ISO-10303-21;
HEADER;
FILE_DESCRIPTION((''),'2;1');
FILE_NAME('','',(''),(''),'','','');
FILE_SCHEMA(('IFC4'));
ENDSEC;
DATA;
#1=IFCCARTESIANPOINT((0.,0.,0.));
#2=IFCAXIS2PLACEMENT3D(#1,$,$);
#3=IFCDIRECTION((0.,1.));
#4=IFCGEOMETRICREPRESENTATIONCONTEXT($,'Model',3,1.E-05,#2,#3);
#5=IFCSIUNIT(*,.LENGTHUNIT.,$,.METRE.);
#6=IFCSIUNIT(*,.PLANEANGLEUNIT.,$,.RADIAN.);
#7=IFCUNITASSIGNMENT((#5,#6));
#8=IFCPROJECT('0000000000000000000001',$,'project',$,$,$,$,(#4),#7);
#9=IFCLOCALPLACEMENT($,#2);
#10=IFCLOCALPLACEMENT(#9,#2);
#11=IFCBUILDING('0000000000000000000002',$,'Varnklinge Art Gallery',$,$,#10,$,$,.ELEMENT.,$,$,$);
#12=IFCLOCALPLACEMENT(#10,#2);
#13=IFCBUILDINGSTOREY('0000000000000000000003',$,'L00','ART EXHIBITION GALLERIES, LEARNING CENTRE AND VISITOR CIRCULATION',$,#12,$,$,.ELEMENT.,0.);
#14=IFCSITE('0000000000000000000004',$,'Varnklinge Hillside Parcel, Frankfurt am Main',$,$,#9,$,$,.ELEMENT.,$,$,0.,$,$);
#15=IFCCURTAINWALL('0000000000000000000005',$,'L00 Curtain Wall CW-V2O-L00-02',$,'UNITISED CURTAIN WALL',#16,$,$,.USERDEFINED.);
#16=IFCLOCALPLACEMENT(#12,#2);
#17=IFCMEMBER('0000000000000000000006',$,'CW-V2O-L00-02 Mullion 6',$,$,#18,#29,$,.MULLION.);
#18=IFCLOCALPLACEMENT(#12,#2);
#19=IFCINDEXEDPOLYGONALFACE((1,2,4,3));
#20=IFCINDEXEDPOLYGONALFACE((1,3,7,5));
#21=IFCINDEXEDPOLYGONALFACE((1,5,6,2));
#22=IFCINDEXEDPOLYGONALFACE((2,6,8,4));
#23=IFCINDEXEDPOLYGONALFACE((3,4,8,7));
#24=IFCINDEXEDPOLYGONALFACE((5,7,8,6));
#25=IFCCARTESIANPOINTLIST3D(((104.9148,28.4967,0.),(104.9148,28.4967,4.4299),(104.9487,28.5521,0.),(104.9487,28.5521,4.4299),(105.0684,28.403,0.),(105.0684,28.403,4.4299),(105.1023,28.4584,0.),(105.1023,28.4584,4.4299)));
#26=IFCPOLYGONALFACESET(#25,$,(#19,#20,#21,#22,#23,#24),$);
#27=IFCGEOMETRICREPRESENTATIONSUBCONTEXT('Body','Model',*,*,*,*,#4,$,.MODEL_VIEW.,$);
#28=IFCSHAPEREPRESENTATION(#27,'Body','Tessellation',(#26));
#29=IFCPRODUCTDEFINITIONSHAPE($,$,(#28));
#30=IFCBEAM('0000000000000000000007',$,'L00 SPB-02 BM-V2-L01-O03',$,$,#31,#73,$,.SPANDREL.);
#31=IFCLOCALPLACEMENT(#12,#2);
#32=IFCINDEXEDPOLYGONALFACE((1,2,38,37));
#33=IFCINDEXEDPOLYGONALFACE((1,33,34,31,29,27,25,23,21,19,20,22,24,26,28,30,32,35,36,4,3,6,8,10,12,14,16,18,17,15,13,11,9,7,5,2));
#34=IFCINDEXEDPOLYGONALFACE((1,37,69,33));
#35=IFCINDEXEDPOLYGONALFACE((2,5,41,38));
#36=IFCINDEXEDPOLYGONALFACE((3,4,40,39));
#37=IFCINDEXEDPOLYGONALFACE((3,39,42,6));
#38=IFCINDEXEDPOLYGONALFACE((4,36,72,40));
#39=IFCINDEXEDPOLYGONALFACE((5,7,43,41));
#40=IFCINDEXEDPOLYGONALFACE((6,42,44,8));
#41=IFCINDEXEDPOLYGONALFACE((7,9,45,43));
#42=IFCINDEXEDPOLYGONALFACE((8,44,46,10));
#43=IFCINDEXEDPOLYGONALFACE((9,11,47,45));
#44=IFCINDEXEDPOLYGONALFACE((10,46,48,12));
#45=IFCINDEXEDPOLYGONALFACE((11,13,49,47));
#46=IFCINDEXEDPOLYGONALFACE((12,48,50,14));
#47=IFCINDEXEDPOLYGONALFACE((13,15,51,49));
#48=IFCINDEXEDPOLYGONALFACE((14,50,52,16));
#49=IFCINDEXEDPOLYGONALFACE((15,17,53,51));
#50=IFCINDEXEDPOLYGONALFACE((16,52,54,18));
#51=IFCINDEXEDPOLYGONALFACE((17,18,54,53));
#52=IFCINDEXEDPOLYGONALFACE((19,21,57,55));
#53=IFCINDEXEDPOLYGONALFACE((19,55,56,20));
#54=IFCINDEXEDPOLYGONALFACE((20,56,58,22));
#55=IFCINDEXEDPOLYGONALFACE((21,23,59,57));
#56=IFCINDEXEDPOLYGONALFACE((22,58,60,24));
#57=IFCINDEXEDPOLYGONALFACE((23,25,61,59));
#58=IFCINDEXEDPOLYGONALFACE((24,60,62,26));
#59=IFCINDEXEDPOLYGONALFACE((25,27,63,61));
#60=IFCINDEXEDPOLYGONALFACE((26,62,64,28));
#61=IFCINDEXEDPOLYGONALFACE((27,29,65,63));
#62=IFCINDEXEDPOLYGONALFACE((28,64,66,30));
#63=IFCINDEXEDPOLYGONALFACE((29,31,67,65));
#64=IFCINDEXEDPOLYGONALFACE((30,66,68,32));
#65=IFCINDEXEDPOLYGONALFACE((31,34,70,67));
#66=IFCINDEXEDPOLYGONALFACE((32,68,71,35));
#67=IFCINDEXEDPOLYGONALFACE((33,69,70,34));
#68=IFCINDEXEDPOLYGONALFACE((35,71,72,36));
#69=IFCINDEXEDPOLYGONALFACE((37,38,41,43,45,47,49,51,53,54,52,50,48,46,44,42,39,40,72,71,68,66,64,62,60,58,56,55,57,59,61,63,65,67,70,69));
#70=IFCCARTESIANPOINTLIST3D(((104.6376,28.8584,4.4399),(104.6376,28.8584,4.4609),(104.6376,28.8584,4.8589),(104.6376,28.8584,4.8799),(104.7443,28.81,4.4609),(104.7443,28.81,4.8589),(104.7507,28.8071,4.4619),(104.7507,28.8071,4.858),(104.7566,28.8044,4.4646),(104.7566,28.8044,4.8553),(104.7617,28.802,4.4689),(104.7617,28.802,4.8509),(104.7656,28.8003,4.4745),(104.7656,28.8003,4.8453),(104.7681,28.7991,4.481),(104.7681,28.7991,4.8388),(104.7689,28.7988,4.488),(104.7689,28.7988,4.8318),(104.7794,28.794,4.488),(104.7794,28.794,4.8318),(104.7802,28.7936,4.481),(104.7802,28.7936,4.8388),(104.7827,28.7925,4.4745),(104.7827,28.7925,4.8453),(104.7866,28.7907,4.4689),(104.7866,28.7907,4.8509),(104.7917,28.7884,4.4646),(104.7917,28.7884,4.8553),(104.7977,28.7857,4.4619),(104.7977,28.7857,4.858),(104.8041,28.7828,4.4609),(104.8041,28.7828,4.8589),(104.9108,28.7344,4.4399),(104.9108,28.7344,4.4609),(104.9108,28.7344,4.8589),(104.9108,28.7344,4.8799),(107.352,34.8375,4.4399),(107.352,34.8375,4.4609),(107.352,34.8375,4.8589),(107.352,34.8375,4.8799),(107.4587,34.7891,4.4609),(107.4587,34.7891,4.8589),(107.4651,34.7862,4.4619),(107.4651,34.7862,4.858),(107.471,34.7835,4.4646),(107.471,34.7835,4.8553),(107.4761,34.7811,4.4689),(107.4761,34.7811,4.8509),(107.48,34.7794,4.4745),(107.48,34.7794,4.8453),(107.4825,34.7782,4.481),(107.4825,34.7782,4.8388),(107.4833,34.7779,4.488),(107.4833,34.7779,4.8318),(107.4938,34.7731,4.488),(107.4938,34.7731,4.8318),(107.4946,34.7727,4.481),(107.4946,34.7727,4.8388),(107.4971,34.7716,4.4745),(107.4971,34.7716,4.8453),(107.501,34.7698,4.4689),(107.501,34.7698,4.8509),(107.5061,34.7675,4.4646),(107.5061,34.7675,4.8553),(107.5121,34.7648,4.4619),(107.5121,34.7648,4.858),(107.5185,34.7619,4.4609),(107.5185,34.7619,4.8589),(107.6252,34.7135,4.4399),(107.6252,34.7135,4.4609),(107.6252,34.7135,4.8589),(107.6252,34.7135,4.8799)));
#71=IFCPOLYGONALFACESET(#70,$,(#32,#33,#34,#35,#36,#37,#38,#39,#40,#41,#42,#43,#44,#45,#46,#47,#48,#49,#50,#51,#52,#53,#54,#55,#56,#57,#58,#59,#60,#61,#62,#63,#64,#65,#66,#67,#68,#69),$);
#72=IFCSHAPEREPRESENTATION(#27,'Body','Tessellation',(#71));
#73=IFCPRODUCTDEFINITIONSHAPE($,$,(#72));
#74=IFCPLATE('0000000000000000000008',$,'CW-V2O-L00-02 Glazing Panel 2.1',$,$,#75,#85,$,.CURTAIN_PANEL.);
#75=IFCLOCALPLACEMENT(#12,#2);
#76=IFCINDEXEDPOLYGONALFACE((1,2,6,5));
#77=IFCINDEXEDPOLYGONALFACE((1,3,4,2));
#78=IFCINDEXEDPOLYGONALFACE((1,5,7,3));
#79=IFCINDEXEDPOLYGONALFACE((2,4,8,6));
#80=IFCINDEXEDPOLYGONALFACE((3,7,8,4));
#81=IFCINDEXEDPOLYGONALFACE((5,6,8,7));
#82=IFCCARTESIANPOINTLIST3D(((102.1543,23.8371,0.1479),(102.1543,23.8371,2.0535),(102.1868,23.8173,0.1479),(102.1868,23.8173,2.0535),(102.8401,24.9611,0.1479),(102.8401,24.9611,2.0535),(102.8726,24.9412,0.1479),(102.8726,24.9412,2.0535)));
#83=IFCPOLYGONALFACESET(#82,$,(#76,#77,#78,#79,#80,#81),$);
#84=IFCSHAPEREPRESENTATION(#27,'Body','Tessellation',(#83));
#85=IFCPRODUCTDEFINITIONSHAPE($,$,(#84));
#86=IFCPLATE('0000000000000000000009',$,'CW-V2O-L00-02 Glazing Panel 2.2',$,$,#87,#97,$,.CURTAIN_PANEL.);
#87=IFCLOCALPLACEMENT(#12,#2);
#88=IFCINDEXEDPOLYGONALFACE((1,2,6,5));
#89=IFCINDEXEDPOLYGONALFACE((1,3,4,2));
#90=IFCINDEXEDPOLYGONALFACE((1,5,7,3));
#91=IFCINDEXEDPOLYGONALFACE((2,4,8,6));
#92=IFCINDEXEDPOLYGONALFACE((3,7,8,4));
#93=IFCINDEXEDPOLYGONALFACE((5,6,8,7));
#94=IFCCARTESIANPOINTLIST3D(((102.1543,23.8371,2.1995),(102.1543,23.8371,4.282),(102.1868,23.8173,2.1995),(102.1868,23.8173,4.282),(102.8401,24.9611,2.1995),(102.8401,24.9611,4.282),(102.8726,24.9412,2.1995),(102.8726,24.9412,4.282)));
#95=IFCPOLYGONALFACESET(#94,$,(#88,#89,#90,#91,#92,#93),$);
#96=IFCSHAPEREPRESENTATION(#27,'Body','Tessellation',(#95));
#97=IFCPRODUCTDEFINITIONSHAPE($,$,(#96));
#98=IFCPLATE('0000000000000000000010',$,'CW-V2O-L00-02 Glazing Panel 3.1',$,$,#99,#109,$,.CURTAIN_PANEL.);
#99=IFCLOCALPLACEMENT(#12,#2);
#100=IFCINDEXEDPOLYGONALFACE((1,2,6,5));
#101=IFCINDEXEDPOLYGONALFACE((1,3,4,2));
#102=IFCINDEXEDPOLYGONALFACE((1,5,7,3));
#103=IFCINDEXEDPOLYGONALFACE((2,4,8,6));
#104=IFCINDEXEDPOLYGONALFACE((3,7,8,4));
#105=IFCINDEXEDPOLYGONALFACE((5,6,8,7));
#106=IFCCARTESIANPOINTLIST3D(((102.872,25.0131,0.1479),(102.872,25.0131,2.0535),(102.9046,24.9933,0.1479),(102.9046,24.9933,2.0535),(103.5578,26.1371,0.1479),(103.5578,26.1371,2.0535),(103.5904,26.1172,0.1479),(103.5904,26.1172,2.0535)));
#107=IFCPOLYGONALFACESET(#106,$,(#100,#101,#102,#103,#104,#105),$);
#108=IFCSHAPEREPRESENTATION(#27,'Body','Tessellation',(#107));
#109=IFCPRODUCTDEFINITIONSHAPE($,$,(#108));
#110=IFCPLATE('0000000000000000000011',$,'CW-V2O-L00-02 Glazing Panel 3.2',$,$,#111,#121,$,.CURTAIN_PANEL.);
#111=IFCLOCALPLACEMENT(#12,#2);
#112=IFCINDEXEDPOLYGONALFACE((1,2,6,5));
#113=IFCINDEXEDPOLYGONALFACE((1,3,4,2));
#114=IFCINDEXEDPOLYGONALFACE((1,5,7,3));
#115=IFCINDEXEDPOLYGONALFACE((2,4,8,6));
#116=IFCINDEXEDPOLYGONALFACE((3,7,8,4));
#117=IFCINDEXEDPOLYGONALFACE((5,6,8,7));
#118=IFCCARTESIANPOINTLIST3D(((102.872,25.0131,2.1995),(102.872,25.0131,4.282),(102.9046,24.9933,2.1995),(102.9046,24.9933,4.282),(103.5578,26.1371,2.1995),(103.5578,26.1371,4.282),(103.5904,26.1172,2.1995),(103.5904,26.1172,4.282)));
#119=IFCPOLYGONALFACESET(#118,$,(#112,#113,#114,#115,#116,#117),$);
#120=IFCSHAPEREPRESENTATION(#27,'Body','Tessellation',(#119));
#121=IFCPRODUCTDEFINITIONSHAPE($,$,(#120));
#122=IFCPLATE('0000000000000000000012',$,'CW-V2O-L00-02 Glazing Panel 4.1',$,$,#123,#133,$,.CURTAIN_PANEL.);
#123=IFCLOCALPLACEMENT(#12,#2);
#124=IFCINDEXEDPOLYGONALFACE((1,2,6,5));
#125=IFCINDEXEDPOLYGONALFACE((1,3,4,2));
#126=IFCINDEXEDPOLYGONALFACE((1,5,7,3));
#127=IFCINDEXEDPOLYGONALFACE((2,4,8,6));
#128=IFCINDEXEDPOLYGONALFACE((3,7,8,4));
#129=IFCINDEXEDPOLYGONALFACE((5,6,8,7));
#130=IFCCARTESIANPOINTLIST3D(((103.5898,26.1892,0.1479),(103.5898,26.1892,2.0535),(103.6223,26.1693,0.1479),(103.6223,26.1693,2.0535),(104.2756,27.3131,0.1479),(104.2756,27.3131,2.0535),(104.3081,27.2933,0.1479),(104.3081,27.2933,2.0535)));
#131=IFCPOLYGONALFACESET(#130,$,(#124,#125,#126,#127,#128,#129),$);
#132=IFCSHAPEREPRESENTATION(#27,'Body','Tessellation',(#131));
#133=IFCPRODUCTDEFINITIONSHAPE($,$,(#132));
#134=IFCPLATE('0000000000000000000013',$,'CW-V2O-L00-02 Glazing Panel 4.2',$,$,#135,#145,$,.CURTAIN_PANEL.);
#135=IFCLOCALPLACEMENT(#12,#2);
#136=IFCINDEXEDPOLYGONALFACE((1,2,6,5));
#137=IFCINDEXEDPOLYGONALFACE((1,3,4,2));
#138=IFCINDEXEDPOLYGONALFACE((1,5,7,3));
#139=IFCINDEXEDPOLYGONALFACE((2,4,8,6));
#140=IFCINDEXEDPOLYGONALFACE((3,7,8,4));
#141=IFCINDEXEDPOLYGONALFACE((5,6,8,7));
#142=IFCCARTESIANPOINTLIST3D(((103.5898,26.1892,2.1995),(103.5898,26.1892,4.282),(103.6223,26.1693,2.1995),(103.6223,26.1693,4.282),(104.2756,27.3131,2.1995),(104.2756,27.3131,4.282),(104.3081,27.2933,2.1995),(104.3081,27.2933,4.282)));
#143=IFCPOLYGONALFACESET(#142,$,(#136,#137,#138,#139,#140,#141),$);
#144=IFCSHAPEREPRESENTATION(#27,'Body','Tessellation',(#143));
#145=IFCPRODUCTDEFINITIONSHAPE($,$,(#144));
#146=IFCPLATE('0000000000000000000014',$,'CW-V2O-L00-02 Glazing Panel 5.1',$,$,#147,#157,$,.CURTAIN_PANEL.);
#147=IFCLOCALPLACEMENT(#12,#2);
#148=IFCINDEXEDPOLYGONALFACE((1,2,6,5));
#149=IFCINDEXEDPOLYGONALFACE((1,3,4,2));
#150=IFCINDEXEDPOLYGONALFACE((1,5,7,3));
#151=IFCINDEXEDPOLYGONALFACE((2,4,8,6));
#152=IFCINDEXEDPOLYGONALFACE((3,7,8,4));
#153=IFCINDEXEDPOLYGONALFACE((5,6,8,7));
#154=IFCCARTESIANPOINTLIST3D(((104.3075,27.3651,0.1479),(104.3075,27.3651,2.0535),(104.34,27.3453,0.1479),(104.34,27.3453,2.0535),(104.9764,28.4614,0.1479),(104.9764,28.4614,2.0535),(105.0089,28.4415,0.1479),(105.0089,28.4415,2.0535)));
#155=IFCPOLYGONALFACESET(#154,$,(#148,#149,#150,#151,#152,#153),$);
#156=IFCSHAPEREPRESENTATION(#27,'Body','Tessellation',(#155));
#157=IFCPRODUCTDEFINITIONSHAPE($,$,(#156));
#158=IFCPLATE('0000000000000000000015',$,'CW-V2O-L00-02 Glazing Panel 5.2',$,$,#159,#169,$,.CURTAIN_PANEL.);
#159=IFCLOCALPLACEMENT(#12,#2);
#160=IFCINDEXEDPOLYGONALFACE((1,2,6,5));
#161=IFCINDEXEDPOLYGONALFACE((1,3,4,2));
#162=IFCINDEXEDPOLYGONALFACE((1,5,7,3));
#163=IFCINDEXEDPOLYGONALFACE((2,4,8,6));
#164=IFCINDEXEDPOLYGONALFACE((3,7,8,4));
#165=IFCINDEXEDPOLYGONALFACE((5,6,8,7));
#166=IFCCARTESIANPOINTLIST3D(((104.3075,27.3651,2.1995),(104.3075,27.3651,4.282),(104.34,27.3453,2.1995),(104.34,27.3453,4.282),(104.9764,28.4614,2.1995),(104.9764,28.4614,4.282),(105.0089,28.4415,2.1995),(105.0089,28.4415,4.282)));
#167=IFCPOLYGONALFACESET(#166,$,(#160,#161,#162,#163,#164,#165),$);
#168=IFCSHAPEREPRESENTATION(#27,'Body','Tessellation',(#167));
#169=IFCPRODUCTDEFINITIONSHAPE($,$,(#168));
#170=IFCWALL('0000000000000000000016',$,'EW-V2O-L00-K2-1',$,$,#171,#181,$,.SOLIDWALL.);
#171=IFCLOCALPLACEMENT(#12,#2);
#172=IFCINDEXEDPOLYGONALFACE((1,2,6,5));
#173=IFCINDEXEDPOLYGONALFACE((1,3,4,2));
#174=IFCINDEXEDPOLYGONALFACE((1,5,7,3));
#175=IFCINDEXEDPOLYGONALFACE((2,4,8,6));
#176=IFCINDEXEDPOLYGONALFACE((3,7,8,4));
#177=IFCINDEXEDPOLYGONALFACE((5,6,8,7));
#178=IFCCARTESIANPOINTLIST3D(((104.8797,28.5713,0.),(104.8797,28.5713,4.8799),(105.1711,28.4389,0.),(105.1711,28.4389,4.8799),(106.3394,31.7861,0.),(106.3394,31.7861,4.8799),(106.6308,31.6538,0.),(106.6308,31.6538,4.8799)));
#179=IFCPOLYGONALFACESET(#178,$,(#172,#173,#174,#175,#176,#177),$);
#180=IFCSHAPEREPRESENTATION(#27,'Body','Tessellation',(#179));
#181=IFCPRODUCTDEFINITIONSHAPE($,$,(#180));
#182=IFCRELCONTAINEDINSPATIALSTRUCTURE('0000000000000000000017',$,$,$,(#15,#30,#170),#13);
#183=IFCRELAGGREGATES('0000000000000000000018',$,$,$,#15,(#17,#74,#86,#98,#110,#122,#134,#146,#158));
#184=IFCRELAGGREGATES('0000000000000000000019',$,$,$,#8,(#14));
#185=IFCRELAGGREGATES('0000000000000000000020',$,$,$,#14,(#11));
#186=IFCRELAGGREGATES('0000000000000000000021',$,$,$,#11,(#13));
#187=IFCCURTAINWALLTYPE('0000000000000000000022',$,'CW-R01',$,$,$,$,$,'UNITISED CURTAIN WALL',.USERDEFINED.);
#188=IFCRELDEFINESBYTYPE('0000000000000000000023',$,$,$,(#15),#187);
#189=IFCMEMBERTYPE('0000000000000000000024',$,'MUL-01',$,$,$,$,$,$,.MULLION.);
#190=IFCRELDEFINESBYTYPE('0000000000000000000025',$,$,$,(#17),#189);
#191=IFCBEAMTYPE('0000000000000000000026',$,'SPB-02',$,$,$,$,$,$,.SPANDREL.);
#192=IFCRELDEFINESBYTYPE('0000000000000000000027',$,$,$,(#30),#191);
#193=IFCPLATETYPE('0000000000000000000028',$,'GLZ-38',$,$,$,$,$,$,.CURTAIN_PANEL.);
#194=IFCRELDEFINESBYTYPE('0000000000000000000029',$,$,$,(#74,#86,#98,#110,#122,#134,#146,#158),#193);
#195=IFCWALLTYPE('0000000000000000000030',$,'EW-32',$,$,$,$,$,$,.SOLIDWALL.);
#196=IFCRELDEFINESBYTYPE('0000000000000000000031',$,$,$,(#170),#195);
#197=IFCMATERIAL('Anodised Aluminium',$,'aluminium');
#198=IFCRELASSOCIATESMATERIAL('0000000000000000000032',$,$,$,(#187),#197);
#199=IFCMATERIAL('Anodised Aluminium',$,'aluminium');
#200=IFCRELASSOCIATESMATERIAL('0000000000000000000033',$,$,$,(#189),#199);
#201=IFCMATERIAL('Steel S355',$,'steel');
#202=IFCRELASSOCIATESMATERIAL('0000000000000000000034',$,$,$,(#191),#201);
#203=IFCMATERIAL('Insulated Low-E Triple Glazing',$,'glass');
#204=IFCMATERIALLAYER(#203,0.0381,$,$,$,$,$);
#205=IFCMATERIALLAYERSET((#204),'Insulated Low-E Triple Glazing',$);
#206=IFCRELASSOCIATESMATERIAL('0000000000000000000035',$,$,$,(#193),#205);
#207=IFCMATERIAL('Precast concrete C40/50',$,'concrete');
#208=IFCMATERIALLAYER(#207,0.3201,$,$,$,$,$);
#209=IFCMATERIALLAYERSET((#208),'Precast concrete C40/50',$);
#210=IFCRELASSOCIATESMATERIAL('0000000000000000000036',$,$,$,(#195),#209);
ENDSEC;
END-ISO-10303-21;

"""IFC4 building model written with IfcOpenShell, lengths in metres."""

from ifc_helpers import new_model, si_unit, direction, frame, frame_2d, origin, origin_2d, place, context, subcontext, project, spatial, rectangle, i_section, extrude, material, layer, layer_set, material_profile, profile_set, type_object, element, aggregate, save


model = new_model("IFC4")

# Units and contexts
model_context = context("Model", 3, precision=1e-05, world=origin(), true_north=direction((0.0, 1.0)))
body_context = subcontext(model_context, "Body", "Model", "MODEL_VIEW")
ifc_project = project(units=[si_unit("LENGTHUNIT", "METRE"), si_unit("PLANEANGLEUNIT", "RADIAN")], contexts=[model_context])

# Site, building, storey
site_placement = place(None, origin())
site = spatial("IfcSite", under=ifc_project, at=site_placement, Name="Varnklinge Hillside Parcel, Frankfurt am Main", CompositionType="ELEMENT", RefElevation=0.0)
building_placement = place(site_placement, origin())
building = spatial("IfcBuilding", under=site, at=building_placement, Name="Varnklinge Art Gallery", CompositionType="ELEMENT")
storey_placement = place(building_placement, origin())
storey = spatial("IfcBuildingStorey", under=building, at=storey_placement, Name="L00", Description="ART EXHIBITION GALLERIES, LEARNING CENTRE AND VISITOR CIRCULATION", CompositionType="ELEMENT", Elevation=0.0)

# Curtain wall, member
ifc_material_1 = material(Name="Anodised Aluminium", Category="aluminium")
curtain_wall_type = type_object("IfcCurtainWallType", Name="CW-R01", ElementType="UNITISED CURTAIN WALL", PredefinedType="USERDEFINED", material=ifc_material_1)
curtain_wall_placement = place(storey_placement, origin())
curtain_wall = element("IfcCurtainWall", 1, at=curtain_wall_placement, inside=storey, type_object=curtain_wall_type, Name="L00 Curtain Wall CW-V2O-L00-02", ObjectType="UNITISED CURTAIN WALL", PredefinedType="USERDEFINED")
ifc_material_2 = material(Name="Anodised Aluminium", Category="aluminium")
ifc_material_profile_1 = material_profile(ifc_material_2, rectangle(XDim=0.0649, YDim=0.1799, at=origin_2d()), Name="ALU 65x180")
ifc_profile_set_1 = profile_set([ifc_material_profile_1], Name="Anodised Aluminium")
member_type = type_object("IfcMemberType", Name="MUL-01", PredefinedType="MULLION", material=ifc_profile_set_1)
member_1_placement = place(storey_placement, frame((105.0085, 28.4775, 0.0), z_axis=(0.0, 0.0, 1.0), x_axis=(0.520861, 0.853642, 0.0)))
member_1 = element("IfcMember", 2, at=member_1_placement, type_object=member_type, Name="CW-V2O-L00-02 Mullion 6", PredefinedType="MULLION", context=body_context, shape_type="SweptSolid", body=[
    extrude(rectangle(XDim=0.0649, YDim=0.1799, at=origin_2d()), origin(), (0.0, 0.0, 1.0), 4.4299),
])

# Beam
ifc_material_3 = material(Name="Steel S355", Category="steel")
ifc_material_profile_2 = material_profile(ifc_material_3, i_section(OverallWidth=0.3, OverallDepth=0.4399, WebThickness=0.0115, FlangeThickness=0.021, FilletRadius=0.0271, at=origin_2d()), Name="HEA 450")
ifc_profile_set_2 = profile_set([ifc_material_profile_2], Name="Steel S355")
beam_type_1 = type_object("IfcBeamType", Name="SPB-02", PredefinedType="SPANDREL", material=ifc_profile_set_2)
beam_1_placement = place(storey_placement, frame((104.7742, 28.7964, 4.6599), z_axis=(0.413377, 0.91056, 0.0), x_axis=(-0.91056, 0.413377, 0.0)))
element("IfcBeam", 3, at=beam_1_placement, inside=storey, type_object=beam_type_1, Name="L00 SPB-02 BM-V2-L01-O03", PredefinedType="SPANDREL", context=body_context, shape_type="SweptSolid", body=[
    extrude(i_section(OverallWidth=0.3, OverallDepth=0.4399, WebThickness=0.0115, FlangeThickness=0.021, FilletRadius=0.0271, at=origin_2d()), origin(), (0.0, 0.0, 1.0), 6.5664),
])

# Plates
ifc_material_4 = material(Name="Insulated Low-E Triple Glazing", Category="glass")
ifc_layer_1 = layer(ifc_material_4, 0.0381)
ifc_layer_set_1 = layer_set([ifc_layer_1], Name="Insulated Low-E Triple Glazing")
plate_type = type_object("IfcPlateType", Name="GLZ-38", PredefinedType="CURTAIN_PANEL", material=ifc_layer_set_1)
plate_1_placement = place(storey_placement, frame((102.5134, 24.3892, 0.1479), z_axis=(0.0, 0.0, 1.0), x_axis=(0.520861, 0.853642, 0.0)))
plate_1 = element("IfcPlate", 4, at=plate_1_placement, type_object=plate_type, Name="CW-V2O-L00-02 Glazing Panel 2.1", PredefinedType="CURTAIN_PANEL", context=body_context, shape_type="SweptSolid", body=[
    extrude(rectangle(XDim=1.3167, YDim=0.0381, at=origin_2d()), origin(), (0.0, 0.0, 1.0), 1.9055),
])
plate_2_placement = place(storey_placement, frame((102.5134, 24.3892, 2.1995), z_axis=(0.0, 0.0, 1.0), x_axis=(0.520861, 0.853642, 0.0)))
plate_2 = element("IfcPlate", 5, at=plate_2_placement, type_object=plate_type, Name="CW-V2O-L00-02 Glazing Panel 2.2", PredefinedType="CURTAIN_PANEL", context=body_context, shape_type="SweptSolid", body=[
    extrude(rectangle(XDim=1.3167, YDim=0.0381, at=origin_2d()), origin(), (0.0, 0.0, 1.0), 2.0825),
])
plate_3_placement = place(storey_placement, frame((103.2312, 25.5652, 0.1479), z_axis=(0.0, 0.0, 1.0), x_axis=(0.520861, 0.853642, 0.0)))
plate_3 = element("IfcPlate", 6, at=plate_3_placement, type_object=plate_type, Name="CW-V2O-L00-02 Glazing Panel 3.1", PredefinedType="CURTAIN_PANEL", context=body_context, shape_type="SweptSolid", body=[
    extrude(rectangle(XDim=1.3167, YDim=0.0381, at=origin_2d()), origin(), (0.0, 0.0, 1.0), 1.9055),
])
plate_4_placement = place(storey_placement, frame((103.2312, 25.5652, 2.1995), z_axis=(0.0, 0.0, 1.0), x_axis=(0.520861, 0.853642, 0.0)))
plate_4 = element("IfcPlate", 7, at=plate_4_placement, type_object=plate_type, Name="CW-V2O-L00-02 Glazing Panel 3.2", PredefinedType="CURTAIN_PANEL", context=body_context, shape_type="SweptSolid", body=[
    extrude(rectangle(XDim=1.3167, YDim=0.0381, at=origin_2d()), origin(), (0.0, 0.0, 1.0), 2.0825),
])
plate_5_placement = place(storey_placement, frame((103.949, 26.7412, 0.1479), z_axis=(0.0, 0.0, 1.0), x_axis=(0.520861, 0.853642, 0.0)))
plate_5 = element("IfcPlate", 8, at=plate_5_placement, type_object=plate_type, Name="CW-V2O-L00-02 Glazing Panel 4.1", PredefinedType="CURTAIN_PANEL", context=body_context, shape_type="SweptSolid", body=[
    extrude(rectangle(XDim=1.3167, YDim=0.0381, at=origin_2d()), origin(), (0.0, 0.0, 1.0), 1.9055),
])
plate_6_placement = place(storey_placement, frame((103.949, 26.7412, 2.1995), z_axis=(0.0, 0.0, 1.0), x_axis=(0.520861, 0.853642, 0.0)))
plate_6 = element("IfcPlate", 9, at=plate_6_placement, type_object=plate_type, Name="CW-V2O-L00-02 Glazing Panel 4.2", PredefinedType="CURTAIN_PANEL", context=body_context, shape_type="SweptSolid", body=[
    extrude(rectangle(XDim=1.3167, YDim=0.0381, at=origin_2d()), origin(), (0.0, 0.0, 1.0), 2.0825),
])
plate_7_placement = place(storey_placement, frame((104.6582, 27.9033, 0.1479), z_axis=(0.0, 0.0, 1.0), x_axis=(0.520861, 0.853642, 0.0)))
plate_7 = element("IfcPlate", 10, at=plate_7_placement, type_object=plate_type, Name="CW-V2O-L00-02 Glazing Panel 5.1", PredefinedType="CURTAIN_PANEL", context=body_context, shape_type="SweptSolid", body=[
    extrude(rectangle(XDim=1.2842, YDim=0.0381, at=origin_2d()), origin(), (0.0, 0.0, 1.0), 1.9055),
])
plate_8_placement = place(storey_placement, frame((104.6582, 27.9033, 2.1995), z_axis=(0.0, 0.0, 1.0), x_axis=(0.520861, 0.853642, 0.0)))
plate_8 = element("IfcPlate", 11, at=plate_8_placement, type_object=plate_type, Name="CW-V2O-L00-02 Glazing Panel 5.2", PredefinedType="CURTAIN_PANEL", context=body_context, shape_type="SweptSolid", body=[
    extrude(rectangle(XDim=1.2842, YDim=0.0381, at=origin_2d()), origin(), (0.0, 0.0, 1.0), 2.0825),
])
aggregate(curtain_wall, [member_1, plate_1, plate_2, plate_3, plate_4, plate_5, plate_6, plate_7, plate_8])

# Wall
ifc_material_5 = material(Name="Precast concrete C40/50", Category="concrete")
ifc_layer_2 = layer(ifc_material_5, 0.3201)
ifc_layer_set_2 = layer_set([ifc_layer_2], Name="Precast concrete C40/50")
wall_type = type_object("IfcWallType", Name="EW-32", PredefinedType="SOLIDWALL", material=ifc_layer_set_2)
wall_placement = place(storey_placement, frame((106.4851, 31.72, 0.0), z_axis=(0.0, 0.0, 1.0), x_axis=(-0.413433, -0.910535, 0.0)))
element("IfcWall", 12, at=wall_placement, inside=storey, type_object=wall_type, Name="EW-V2O-L00-K2-1", PredefinedType="SOLIDWALL", context=body_context, shape_type="SweptSolid", body=[
    extrude(rectangle(XDim=3.5308, YDim=0.3201, at=frame_2d((1.7654, 0.0))), origin(), (0.0, 0.0, 1.0), 4.8799),
])

save(model, "model.ifc")
